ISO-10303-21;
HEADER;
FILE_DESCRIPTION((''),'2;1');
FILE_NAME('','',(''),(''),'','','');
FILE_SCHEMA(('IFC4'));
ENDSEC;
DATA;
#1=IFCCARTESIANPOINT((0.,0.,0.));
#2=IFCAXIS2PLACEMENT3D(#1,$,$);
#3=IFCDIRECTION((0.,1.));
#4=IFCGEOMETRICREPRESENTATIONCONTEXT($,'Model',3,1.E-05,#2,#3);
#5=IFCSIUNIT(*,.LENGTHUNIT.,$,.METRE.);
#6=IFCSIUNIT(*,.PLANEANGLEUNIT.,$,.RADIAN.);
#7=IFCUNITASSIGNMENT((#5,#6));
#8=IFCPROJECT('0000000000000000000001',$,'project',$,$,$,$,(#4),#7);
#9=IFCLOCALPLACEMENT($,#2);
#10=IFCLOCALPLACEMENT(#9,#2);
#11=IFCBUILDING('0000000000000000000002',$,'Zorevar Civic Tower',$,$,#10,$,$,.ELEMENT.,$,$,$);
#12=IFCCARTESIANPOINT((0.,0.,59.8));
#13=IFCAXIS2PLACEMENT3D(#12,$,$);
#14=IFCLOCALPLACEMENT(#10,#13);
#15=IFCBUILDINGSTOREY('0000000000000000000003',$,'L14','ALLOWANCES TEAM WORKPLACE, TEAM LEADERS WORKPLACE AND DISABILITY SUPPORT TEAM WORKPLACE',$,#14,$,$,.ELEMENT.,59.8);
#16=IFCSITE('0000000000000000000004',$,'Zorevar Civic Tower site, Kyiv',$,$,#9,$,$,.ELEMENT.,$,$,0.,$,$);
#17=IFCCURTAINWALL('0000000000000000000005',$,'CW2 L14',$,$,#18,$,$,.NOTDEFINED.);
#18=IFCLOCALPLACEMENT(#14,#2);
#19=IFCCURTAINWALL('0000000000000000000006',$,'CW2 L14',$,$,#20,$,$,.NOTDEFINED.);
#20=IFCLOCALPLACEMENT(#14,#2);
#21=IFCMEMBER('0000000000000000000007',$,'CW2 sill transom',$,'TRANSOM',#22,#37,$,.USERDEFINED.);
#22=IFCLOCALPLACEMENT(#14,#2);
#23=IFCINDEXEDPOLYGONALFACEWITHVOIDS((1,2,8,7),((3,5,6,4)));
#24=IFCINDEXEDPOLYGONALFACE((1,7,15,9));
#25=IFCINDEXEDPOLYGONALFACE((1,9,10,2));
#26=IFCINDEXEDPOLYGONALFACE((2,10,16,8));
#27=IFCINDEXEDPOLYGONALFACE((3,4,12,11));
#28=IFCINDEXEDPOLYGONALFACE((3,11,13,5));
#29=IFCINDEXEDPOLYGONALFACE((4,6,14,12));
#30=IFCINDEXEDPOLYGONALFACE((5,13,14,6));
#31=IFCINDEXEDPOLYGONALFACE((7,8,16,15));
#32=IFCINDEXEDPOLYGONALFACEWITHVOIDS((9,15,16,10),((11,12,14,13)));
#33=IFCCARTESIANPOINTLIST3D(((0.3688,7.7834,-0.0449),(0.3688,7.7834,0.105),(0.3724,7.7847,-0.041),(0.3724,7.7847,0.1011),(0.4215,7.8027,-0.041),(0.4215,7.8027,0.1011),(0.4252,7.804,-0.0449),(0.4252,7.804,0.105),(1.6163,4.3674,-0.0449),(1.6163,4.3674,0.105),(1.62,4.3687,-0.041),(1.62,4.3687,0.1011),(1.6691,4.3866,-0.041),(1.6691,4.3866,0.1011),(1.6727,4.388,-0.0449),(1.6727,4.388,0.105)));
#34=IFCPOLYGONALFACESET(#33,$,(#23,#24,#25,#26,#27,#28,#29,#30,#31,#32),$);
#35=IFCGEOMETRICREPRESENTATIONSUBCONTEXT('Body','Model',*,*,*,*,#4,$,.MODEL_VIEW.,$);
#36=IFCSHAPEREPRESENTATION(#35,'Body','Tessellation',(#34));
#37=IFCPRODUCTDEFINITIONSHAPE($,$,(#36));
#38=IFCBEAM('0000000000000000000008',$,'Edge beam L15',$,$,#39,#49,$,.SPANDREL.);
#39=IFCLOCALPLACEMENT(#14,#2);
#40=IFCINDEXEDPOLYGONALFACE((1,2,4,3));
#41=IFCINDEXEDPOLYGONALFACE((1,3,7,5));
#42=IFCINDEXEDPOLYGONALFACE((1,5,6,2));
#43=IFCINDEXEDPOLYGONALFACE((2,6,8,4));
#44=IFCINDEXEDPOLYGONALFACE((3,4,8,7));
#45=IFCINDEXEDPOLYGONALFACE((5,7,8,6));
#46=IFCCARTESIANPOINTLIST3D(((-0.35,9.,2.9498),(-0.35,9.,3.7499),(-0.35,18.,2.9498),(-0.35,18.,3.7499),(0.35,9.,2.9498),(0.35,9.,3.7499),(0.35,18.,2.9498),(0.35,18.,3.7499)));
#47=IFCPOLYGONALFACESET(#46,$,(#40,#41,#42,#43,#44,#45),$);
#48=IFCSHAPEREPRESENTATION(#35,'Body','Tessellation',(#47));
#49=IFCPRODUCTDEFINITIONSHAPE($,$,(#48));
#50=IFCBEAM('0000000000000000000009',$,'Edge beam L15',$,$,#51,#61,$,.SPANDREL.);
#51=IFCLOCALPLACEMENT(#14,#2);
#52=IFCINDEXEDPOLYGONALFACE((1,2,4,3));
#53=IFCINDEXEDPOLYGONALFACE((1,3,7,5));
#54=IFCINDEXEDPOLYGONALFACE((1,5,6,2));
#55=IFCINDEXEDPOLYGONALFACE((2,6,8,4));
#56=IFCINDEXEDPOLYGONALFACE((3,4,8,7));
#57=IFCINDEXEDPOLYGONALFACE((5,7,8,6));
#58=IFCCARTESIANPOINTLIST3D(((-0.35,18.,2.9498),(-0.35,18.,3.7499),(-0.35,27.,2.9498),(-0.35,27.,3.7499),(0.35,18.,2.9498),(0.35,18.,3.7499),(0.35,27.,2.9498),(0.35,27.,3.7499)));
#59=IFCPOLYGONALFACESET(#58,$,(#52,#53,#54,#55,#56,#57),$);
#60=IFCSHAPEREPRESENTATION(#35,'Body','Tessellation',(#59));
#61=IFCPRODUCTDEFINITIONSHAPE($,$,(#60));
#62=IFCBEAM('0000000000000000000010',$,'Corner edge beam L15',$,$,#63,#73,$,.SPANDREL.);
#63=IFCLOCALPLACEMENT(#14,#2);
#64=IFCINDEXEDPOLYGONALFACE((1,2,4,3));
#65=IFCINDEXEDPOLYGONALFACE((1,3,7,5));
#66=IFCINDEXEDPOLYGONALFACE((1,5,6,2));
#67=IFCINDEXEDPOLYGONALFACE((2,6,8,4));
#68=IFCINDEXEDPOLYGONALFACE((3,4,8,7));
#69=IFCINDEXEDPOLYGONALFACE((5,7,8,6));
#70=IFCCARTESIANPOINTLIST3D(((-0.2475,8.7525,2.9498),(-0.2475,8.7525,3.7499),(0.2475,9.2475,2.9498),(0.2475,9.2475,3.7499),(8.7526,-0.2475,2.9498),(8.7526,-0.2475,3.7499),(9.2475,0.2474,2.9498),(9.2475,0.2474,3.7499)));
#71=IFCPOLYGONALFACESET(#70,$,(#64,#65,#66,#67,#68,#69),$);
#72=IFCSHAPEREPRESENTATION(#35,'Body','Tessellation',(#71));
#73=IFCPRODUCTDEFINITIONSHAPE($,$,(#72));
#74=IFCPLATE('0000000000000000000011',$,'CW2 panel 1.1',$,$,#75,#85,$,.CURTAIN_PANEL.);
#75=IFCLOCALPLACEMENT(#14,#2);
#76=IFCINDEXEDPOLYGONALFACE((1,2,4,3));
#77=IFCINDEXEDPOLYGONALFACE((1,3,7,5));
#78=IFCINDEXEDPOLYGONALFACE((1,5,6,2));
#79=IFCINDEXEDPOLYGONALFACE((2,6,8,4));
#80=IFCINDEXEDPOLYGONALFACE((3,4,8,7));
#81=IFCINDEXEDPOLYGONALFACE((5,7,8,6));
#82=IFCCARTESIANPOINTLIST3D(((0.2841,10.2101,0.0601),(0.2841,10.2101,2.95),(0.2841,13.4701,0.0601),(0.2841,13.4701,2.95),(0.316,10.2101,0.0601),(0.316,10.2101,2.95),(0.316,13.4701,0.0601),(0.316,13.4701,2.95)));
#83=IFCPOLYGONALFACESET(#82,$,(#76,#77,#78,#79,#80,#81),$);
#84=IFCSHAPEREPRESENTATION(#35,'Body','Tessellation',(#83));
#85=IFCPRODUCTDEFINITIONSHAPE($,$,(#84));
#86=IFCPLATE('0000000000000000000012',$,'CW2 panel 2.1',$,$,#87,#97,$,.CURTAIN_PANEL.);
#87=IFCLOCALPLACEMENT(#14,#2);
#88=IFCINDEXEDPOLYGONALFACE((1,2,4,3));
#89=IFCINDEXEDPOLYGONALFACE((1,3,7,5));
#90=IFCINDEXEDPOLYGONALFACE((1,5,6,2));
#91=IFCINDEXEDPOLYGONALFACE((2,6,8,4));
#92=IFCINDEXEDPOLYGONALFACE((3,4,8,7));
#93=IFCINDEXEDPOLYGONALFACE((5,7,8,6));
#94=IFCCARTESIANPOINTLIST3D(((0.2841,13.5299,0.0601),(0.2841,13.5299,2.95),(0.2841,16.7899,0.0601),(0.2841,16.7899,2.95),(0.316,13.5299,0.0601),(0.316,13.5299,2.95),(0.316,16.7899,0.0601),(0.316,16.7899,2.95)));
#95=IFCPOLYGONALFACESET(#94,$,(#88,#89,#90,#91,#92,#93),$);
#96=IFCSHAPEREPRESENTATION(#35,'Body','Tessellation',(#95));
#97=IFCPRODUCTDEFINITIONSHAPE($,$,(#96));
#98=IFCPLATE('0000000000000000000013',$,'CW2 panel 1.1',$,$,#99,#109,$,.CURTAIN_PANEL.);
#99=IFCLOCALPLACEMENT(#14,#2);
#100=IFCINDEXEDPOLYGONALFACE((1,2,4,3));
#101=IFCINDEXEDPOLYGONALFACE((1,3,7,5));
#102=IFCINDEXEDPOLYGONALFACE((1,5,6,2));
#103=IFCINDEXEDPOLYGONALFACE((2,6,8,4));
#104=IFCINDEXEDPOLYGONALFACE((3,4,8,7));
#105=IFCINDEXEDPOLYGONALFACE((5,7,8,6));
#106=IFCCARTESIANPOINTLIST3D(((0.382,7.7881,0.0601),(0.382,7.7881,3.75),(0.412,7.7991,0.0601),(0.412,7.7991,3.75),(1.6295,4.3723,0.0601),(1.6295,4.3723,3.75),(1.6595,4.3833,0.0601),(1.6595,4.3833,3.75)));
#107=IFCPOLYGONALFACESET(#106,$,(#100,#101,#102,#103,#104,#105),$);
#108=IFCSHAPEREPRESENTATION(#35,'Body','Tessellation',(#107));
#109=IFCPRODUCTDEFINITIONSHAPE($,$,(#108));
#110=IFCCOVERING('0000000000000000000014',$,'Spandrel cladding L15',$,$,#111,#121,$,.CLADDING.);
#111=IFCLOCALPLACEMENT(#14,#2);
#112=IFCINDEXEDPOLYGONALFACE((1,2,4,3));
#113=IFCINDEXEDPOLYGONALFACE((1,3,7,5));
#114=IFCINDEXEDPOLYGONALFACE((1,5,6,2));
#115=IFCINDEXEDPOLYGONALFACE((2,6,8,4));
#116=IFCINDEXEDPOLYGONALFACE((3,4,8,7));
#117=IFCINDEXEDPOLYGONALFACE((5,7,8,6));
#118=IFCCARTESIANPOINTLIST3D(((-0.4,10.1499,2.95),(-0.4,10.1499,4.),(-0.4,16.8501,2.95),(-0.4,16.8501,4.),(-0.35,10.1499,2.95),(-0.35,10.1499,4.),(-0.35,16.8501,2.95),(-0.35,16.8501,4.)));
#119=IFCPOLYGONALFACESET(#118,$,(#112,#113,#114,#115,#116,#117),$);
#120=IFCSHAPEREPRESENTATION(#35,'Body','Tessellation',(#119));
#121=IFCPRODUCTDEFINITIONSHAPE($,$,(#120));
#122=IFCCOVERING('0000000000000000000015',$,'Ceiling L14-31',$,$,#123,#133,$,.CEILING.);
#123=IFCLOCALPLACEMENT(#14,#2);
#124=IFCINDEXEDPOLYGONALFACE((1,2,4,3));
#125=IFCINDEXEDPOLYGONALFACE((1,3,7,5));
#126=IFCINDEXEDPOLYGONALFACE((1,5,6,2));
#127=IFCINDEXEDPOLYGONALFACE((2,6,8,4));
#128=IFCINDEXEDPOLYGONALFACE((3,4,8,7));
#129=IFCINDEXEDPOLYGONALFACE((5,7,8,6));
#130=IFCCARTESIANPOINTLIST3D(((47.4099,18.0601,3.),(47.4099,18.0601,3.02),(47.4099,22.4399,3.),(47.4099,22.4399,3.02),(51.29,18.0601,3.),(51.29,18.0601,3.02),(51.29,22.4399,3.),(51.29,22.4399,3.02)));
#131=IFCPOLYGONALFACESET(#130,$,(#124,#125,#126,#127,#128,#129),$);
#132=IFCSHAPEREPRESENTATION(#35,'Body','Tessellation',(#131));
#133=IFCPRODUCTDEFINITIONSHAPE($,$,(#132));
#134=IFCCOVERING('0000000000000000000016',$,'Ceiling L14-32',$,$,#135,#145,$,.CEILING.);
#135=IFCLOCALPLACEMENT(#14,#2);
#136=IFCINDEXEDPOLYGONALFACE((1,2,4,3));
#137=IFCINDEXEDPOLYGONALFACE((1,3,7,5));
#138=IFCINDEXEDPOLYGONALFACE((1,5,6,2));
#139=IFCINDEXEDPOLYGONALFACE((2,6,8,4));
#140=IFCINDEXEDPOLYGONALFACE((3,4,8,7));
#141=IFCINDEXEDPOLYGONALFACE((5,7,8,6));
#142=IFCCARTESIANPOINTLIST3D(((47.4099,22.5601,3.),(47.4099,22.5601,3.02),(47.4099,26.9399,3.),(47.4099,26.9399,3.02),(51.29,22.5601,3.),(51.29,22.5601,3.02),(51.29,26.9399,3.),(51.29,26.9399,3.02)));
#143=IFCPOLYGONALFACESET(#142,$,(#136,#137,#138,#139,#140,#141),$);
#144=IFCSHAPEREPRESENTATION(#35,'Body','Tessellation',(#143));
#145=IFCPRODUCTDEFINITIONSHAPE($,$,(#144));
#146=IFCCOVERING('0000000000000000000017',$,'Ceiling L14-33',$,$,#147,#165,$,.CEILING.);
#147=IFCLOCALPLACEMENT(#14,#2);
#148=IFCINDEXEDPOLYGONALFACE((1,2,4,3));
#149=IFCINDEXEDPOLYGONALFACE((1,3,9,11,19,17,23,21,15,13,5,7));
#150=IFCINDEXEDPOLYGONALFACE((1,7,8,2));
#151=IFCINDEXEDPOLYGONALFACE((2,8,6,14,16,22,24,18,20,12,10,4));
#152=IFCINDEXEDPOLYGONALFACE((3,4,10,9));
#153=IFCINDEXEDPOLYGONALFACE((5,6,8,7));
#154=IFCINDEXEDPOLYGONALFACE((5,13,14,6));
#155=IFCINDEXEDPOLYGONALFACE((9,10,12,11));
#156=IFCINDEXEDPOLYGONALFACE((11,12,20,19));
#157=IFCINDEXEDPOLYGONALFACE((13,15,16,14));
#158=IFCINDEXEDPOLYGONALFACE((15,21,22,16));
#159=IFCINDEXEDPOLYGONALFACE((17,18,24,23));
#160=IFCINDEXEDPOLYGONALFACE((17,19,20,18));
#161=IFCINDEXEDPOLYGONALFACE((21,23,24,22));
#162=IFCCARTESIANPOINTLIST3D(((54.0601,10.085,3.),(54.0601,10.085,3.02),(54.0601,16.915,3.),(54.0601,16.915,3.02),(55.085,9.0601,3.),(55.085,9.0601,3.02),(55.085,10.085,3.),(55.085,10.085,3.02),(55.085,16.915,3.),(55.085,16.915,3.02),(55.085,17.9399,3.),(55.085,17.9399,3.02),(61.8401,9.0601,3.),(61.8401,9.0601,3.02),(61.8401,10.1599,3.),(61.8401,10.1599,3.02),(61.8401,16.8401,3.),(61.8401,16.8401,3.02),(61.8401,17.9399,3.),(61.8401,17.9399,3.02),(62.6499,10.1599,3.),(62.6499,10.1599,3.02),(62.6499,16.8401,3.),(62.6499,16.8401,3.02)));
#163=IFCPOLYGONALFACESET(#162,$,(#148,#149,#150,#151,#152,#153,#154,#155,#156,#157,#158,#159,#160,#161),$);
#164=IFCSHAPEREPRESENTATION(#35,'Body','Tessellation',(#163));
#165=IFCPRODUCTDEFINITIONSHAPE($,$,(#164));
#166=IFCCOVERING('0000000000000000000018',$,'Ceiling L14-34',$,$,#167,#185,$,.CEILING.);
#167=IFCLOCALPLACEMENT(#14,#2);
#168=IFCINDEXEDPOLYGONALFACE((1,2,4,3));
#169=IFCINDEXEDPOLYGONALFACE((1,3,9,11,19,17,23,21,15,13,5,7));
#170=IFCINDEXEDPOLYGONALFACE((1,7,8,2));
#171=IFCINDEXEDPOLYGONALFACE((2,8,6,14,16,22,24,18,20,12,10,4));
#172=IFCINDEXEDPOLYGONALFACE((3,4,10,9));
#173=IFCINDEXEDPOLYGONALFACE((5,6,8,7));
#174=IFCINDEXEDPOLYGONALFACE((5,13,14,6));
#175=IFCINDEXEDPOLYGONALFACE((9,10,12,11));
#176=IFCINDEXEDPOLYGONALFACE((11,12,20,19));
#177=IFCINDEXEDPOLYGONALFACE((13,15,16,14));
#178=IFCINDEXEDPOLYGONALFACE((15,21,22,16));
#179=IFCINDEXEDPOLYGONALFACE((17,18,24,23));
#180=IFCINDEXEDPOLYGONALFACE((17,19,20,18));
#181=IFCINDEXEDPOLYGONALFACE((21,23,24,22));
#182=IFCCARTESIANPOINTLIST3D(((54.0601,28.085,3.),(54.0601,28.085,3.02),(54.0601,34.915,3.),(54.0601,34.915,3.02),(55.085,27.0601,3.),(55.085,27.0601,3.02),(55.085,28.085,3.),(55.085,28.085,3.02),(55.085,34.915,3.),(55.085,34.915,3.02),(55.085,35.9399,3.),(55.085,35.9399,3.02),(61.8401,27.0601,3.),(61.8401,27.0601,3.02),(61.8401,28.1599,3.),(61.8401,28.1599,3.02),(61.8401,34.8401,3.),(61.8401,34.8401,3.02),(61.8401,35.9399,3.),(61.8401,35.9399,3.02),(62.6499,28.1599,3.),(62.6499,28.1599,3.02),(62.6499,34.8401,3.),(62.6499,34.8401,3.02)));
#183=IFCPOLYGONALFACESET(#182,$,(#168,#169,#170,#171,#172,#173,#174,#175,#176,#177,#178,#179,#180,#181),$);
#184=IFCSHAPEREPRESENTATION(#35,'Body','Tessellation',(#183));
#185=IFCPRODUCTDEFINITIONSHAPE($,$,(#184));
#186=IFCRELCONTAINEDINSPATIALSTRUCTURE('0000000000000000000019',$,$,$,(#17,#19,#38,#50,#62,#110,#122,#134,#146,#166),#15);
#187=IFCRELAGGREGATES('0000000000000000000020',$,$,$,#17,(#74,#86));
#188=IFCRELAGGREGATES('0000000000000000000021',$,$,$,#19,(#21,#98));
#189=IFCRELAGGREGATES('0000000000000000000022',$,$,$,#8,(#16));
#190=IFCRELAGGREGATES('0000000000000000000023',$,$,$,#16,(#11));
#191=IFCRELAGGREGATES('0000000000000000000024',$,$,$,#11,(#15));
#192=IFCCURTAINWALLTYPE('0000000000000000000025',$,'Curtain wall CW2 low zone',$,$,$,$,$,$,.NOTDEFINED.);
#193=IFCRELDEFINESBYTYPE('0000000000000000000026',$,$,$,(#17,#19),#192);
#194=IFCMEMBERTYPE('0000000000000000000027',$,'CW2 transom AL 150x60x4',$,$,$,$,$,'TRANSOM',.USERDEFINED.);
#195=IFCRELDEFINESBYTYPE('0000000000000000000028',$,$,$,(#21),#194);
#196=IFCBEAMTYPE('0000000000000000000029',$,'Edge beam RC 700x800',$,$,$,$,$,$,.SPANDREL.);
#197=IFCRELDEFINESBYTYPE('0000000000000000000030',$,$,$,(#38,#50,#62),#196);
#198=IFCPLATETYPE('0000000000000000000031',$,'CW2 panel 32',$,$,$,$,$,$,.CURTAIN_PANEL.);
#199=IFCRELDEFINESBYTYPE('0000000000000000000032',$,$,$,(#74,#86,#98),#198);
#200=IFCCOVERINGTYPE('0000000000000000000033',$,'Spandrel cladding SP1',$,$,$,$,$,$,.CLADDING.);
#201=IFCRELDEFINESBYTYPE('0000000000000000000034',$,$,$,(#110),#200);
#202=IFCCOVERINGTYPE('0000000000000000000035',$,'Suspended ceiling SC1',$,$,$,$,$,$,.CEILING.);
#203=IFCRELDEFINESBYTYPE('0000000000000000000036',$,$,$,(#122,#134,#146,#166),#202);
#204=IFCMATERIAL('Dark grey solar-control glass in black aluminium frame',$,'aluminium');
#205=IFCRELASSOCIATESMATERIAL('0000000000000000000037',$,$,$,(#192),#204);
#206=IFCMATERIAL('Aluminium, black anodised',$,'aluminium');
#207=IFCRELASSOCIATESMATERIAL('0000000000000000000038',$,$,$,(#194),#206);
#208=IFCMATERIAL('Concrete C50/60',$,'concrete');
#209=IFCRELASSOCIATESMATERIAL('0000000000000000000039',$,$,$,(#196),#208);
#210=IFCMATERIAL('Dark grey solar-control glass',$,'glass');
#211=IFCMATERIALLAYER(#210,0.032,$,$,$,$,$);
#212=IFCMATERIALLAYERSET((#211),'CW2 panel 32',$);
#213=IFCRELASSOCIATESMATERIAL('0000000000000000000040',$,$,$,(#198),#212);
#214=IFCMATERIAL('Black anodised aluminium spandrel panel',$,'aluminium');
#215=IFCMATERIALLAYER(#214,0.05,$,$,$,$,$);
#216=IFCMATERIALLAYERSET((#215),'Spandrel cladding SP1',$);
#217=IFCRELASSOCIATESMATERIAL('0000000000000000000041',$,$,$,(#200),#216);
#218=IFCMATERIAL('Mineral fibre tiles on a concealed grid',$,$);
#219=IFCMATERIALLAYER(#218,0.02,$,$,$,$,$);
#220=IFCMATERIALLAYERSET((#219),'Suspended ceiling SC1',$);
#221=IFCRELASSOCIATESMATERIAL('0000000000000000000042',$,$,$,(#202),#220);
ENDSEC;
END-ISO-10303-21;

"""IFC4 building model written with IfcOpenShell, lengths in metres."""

from ifc_helpers import new_model, si_unit, direction, frame, frame_2d, origin, origin_2d, place, context, subcontext, project, spatial, polyline, rectangle, hollow_rectangle, outline, extrude, material, layer, layer_set, material_profile, profile_set, type_object, element, aggregate, save


model = new_model("IFC4")

# Units and contexts
model_context = context("Model", 3, precision=1e-05, world=origin(), true_north=direction((0.0, 1.0)))
body_context = subcontext(model_context, "Body", "Model", "MODEL_VIEW")
ifc_project = project(units=[si_unit("LENGTHUNIT", "METRE"), si_unit("PLANEANGLEUNIT", "RADIAN")], contexts=[model_context])

# Site, building, storey
site_placement = place(None, origin())
site = spatial("IfcSite", under=ifc_project, at=site_placement, Name="Zorevar Civic Tower site, Kyiv", CompositionType="ELEMENT", RefElevation=0.0)
building_placement = place(site_placement, origin())
building = spatial("IfcBuilding", under=site, at=building_placement, Name="Zorevar Civic Tower", CompositionType="ELEMENT")
storey_placement = place(building_placement, frame((0.0, 0.0, 59.8)))
storey = spatial("IfcBuildingStorey", under=building, at=storey_placement, Name="L14", Description="ALLOWANCES TEAM WORKPLACE, TEAM LEADERS WORKPLACE AND DISABILITY SUPPORT TEAM WORKPLACE", CompositionType="ELEMENT", Elevation=59.8)

# Curtain walls
ifc_material_1 = material(Name="Dark grey solar-control glass in black aluminium frame", Category="aluminium")
curtain_wall_type = type_object("IfcCurtainWallType", Name="Curtain wall CW2 low zone", PredefinedType="NOTDEFINED", material=ifc_material_1)
curtain_wall_1_placement = place(storey_placement, origin())
curtain_wall_1 = element("IfcCurtainWall", 1, at=curtain_wall_1_placement, inside=storey, type_object=curtain_wall_type, Name="CW2 L14", PredefinedType="NOTDEFINED")
curtain_wall_2_placement = place(storey_placement, origin())
curtain_wall_2 = element("IfcCurtainWall", 2, at=curtain_wall_2_placement, inside=storey, type_object=curtain_wall_type, Name="CW2 L14", PredefinedType="NOTDEFINED")

# Member
ifc_material_2 = material(Name="Aluminium, black anodised", Category="aluminium")
ifc_material_profile_1 = material_profile(ifc_material_2, hollow_rectangle(XDim=0.0601, YDim=0.1499, WallThickness=0.0039, at=origin_2d()), Name="AL 150x60x4")
ifc_profile_set_1 = profile_set([ifc_material_profile_1], Name="Aluminium, black anodised")
member_type_1 = type_object("IfcMemberType", Name="CW2 transom AL 150x60x4", ElementType="TRANSOM", PredefinedType="USERDEFINED", material=ifc_profile_set_1)
member_1_placement = place(storey_placement, frame((0.397, 7.7937, 0.03), z_axis=(0.343047, -0.939318, 0.0), x_axis=(0.939318, 0.343047, 0.0)))
member_1 = element("IfcMember", 3, at=member_1_placement, type_object=member_type_1, Name="CW2 sill transom", ObjectType="TRANSOM", PredefinedType="USERDEFINED", context=body_context, shape_type="SweptSolid", body=[
    extrude(hollow_rectangle(XDim=0.0601, YDim=0.1499, WallThickness=0.0039, at=origin_2d()), origin(), (0.0, 0.0, 1.0), 3.6367),
])

# Beams
ifc_material_3 = material(Name="Concrete C50/60", Category="concrete")
ifc_material_profile_2 = material_profile(ifc_material_3, rectangle(XDim=0.7, YDim=0.8, at=origin_2d()), Name="RC 700x800")
ifc_profile_set_2 = profile_set([ifc_material_profile_2], Name="Concrete C50/60")
beam_type_1 = type_object("IfcBeamType", Name="Edge beam RC 700x800", PredefinedType="SPANDREL", material=ifc_profile_set_2)
for number, where, z_axis, x_axis, name in (
    (4, (0.0, 9.0, 3.3499), (0.0, 1.0, 0.0), (-1.0, 0.0, 0.0), "Edge beam L15"),
    (5, (0.0, 18.0, 3.3499), (0.0, 1.0, 0.0), (-1.0, 0.0, 0.0), "Edge beam L15"),
):
    element("IfcBeam", number, at=place(storey_placement, frame(where, z_axis=z_axis, x_axis=x_axis)), inside=storey, type_object=beam_type_1, Name=name, PredefinedType="SPANDREL", context=body_context, shape_type="SweptSolid", body=[
        extrude(rectangle(XDim=0.7, YDim=0.8, at=origin_2d()), origin(), (0.0, 0.0, 1.0), 9.0),
    ])
beam_1_placement = place(storey_placement, frame((0.0, 9.0, 3.3499), z_axis=(0.707107, -0.707107, 0.0), x_axis=(0.707107, 0.707107, 0.0)))
element("IfcBeam", 6, at=beam_1_placement, inside=storey, type_object=beam_type_1, Name="Corner edge beam L15", PredefinedType="SPANDREL", context=body_context, shape_type="SweptSolid", body=[
    extrude(rectangle(XDim=0.7, YDim=0.8, at=origin_2d()), origin(), (0.0, 0.0, 1.0), 12.728),
])

# Plates
ifc_material_4 = material(Name="Dark grey solar-control glass", Category="glass")
ifc_layer_1 = layer(ifc_material_4, 0.032)
ifc_layer_set_1 = layer_set([ifc_layer_1], Name="CW2 panel 32")
plate_type = type_object("IfcPlateType", Name="CW2 panel 32", PredefinedType="CURTAIN_PANEL", material=ifc_layer_set_1)
plate_1_placement = place(storey_placement, frame((0.3, 11.8401, 0.0601), z_axis=(0.0, 0.0, 1.0), x_axis=(0.0, 1.0, 0.0)))
plate_1 = element("IfcPlate", 7, at=plate_1_placement, type_object=plate_type, Name="CW2 panel 1.1", PredefinedType="CURTAIN_PANEL", context=body_context, shape_type="SweptSolid", body=[
    extrude(rectangle(XDim=3.26, YDim=0.032, at=origin_2d()), origin(), (0.0, 0.0, 1.0), 2.8899),
])
plate_2_placement = place(storey_placement, frame((0.3, 15.1599, 0.0601), z_axis=(0.0, 0.0, 1.0), x_axis=(0.0, 1.0, 0.0)))
plate_2 = element("IfcPlate", 8, at=plate_2_placement, type_object=plate_type, Name="CW2 panel 2.1", PredefinedType="CURTAIN_PANEL", context=body_context, shape_type="SweptSolid", body=[
    extrude(rectangle(XDim=3.26, YDim=0.032, at=origin_2d()), origin(), (0.0, 0.0, 1.0), 2.8899),
])
aggregate(curtain_wall_1, [plate_1, plate_2])
plate_3_placement = place(storey_placement, frame((1.0208, 6.0857, 0.0601), z_axis=(0.0, 0.0, 1.0), x_axis=(0.34306, -0.939313, 0.0)))
plate_3 = element("IfcPlate", 9, at=plate_3_placement, type_object=plate_type, Name="CW2 panel 1.1", PredefinedType="CURTAIN_PANEL", context=body_context, shape_type="SweptSolid", body=[
    extrude(rectangle(XDim=3.6365, YDim=0.032, at=origin_2d()), origin(), (0.0, 0.0, 1.0), 3.6899),
])
aggregate(curtain_wall_2, [member_1, plate_3])

# Coverings
ifc_material_5 = material(Name="Black anodised aluminium spandrel panel", Category="aluminium")
ifc_layer_2 = layer(ifc_material_5, 0.05)
ifc_layer_set_2 = layer_set([ifc_layer_2], Name="Spandrel cladding SP1")
covering_type_1 = type_object("IfcCoveringType", Name="Spandrel cladding SP1", PredefinedType="CLADDING", material=ifc_layer_set_2)
covering_1_placement = place(storey_placement, frame((-0.375, 10.1499, 2.95), z_axis=(0.0, 0.0, 1.0), x_axis=(0.0, 1.0, 0.0)))
element("IfcCovering", 10, at=covering_1_placement, inside=storey, type_object=covering_type_1, Name="Spandrel cladding L15", PredefinedType="CLADDING", context=body_context, shape_type="SweptSolid", body=[
    extrude(rectangle(XDim=6.7002, YDim=0.05, at=frame_2d((3.3501, 0.0))), origin(), (0.0, 0.0, 1.0), 1.05),
])
ifc_material_6 = material(Name="Mineral fibre tiles on a concealed grid")
ifc_layer_3 = layer(ifc_material_6, 0.02)
ifc_layer_set_3 = layer_set([ifc_layer_3], Name="Suspended ceiling SC1")
covering_type_2 = type_object("IfcCoveringType", Name="Suspended ceiling SC1", PredefinedType="CEILING", material=ifc_layer_set_3)
covering_2_placement = place(storey_placement, frame((0.0, 0.0, 3.0)))
element("IfcCovering", 11, at=covering_2_placement, inside=storey, type_object=covering_type_2, Name="Ceiling L14-31", PredefinedType="CEILING", context=body_context, shape_type="SweptSolid", body=[
    extrude(outline(polyline([(47.4099, 22.4399), (51.29, 22.4399), (51.29, 18.0601), (47.4099, 18.0601), (47.4099, 22.4399)])), origin(), (0.0, 0.0, 1.0), 0.02),
])
covering_3_placement = place(storey_placement, frame((0.0, 0.0, 3.0)))
element("IfcCovering", 12, at=covering_3_placement, inside=storey, type_object=covering_type_2, Name="Ceiling L14-32", PredefinedType="CEILING", context=body_context, shape_type="SweptSolid", body=[
    extrude(outline(polyline([(47.4099, 22.5601), (47.4099, 26.9399), (51.29, 26.9399), (51.29, 22.5601), (47.4099, 22.5601)])), origin(), (0.0, 0.0, 1.0), 0.02),
])
covering_4_placement = place(storey_placement, frame((0.0, 0.0, 3.0)))
element("IfcCovering", 13, at=covering_4_placement, inside=storey, type_object=covering_type_2, Name="Ceiling L14-33", PredefinedType="CEILING", context=body_context, shape_type="SweptSolid", body=[
    extrude(outline(polyline([(62.6499, 10.1599), (61.8401, 10.1599), (61.8401, 9.0601), (55.085, 9.0601), (55.085, 10.085), (54.0601, 10.085), (54.0601, 16.915), (55.085, 16.915), (55.085, 17.9399), (61.8401, 17.9399), (61.8401, 16.8401), (62.6499, 16.8401), (62.6499, 10.1599)])), origin(), (0.0, 0.0, 1.0), 0.02),
])
covering_5_placement = place(storey_placement, frame((0.0, 0.0, 3.0)))
element("IfcCovering", 14, at=covering_5_placement, inside=storey, type_object=covering_type_2, Name="Ceiling L14-34", PredefinedType="CEILING", context=body_context, shape_type="SweptSolid", body=[
    extrude(outline(polyline([(62.6499, 28.1599), (61.8401, 28.1599), (61.8401, 27.0601), (55.085, 27.0601), (55.085, 28.085), (54.0601, 28.085), (54.0601, 34.915), (55.085, 34.915), (55.085, 35.9399), (61.8401, 35.9399), (61.8401, 34.8401), (62.6499, 34.8401), (62.6499, 28.1599)])), origin(), (0.0, 0.0, 1.0), 0.02),
])

save(model, "model.ifc")
